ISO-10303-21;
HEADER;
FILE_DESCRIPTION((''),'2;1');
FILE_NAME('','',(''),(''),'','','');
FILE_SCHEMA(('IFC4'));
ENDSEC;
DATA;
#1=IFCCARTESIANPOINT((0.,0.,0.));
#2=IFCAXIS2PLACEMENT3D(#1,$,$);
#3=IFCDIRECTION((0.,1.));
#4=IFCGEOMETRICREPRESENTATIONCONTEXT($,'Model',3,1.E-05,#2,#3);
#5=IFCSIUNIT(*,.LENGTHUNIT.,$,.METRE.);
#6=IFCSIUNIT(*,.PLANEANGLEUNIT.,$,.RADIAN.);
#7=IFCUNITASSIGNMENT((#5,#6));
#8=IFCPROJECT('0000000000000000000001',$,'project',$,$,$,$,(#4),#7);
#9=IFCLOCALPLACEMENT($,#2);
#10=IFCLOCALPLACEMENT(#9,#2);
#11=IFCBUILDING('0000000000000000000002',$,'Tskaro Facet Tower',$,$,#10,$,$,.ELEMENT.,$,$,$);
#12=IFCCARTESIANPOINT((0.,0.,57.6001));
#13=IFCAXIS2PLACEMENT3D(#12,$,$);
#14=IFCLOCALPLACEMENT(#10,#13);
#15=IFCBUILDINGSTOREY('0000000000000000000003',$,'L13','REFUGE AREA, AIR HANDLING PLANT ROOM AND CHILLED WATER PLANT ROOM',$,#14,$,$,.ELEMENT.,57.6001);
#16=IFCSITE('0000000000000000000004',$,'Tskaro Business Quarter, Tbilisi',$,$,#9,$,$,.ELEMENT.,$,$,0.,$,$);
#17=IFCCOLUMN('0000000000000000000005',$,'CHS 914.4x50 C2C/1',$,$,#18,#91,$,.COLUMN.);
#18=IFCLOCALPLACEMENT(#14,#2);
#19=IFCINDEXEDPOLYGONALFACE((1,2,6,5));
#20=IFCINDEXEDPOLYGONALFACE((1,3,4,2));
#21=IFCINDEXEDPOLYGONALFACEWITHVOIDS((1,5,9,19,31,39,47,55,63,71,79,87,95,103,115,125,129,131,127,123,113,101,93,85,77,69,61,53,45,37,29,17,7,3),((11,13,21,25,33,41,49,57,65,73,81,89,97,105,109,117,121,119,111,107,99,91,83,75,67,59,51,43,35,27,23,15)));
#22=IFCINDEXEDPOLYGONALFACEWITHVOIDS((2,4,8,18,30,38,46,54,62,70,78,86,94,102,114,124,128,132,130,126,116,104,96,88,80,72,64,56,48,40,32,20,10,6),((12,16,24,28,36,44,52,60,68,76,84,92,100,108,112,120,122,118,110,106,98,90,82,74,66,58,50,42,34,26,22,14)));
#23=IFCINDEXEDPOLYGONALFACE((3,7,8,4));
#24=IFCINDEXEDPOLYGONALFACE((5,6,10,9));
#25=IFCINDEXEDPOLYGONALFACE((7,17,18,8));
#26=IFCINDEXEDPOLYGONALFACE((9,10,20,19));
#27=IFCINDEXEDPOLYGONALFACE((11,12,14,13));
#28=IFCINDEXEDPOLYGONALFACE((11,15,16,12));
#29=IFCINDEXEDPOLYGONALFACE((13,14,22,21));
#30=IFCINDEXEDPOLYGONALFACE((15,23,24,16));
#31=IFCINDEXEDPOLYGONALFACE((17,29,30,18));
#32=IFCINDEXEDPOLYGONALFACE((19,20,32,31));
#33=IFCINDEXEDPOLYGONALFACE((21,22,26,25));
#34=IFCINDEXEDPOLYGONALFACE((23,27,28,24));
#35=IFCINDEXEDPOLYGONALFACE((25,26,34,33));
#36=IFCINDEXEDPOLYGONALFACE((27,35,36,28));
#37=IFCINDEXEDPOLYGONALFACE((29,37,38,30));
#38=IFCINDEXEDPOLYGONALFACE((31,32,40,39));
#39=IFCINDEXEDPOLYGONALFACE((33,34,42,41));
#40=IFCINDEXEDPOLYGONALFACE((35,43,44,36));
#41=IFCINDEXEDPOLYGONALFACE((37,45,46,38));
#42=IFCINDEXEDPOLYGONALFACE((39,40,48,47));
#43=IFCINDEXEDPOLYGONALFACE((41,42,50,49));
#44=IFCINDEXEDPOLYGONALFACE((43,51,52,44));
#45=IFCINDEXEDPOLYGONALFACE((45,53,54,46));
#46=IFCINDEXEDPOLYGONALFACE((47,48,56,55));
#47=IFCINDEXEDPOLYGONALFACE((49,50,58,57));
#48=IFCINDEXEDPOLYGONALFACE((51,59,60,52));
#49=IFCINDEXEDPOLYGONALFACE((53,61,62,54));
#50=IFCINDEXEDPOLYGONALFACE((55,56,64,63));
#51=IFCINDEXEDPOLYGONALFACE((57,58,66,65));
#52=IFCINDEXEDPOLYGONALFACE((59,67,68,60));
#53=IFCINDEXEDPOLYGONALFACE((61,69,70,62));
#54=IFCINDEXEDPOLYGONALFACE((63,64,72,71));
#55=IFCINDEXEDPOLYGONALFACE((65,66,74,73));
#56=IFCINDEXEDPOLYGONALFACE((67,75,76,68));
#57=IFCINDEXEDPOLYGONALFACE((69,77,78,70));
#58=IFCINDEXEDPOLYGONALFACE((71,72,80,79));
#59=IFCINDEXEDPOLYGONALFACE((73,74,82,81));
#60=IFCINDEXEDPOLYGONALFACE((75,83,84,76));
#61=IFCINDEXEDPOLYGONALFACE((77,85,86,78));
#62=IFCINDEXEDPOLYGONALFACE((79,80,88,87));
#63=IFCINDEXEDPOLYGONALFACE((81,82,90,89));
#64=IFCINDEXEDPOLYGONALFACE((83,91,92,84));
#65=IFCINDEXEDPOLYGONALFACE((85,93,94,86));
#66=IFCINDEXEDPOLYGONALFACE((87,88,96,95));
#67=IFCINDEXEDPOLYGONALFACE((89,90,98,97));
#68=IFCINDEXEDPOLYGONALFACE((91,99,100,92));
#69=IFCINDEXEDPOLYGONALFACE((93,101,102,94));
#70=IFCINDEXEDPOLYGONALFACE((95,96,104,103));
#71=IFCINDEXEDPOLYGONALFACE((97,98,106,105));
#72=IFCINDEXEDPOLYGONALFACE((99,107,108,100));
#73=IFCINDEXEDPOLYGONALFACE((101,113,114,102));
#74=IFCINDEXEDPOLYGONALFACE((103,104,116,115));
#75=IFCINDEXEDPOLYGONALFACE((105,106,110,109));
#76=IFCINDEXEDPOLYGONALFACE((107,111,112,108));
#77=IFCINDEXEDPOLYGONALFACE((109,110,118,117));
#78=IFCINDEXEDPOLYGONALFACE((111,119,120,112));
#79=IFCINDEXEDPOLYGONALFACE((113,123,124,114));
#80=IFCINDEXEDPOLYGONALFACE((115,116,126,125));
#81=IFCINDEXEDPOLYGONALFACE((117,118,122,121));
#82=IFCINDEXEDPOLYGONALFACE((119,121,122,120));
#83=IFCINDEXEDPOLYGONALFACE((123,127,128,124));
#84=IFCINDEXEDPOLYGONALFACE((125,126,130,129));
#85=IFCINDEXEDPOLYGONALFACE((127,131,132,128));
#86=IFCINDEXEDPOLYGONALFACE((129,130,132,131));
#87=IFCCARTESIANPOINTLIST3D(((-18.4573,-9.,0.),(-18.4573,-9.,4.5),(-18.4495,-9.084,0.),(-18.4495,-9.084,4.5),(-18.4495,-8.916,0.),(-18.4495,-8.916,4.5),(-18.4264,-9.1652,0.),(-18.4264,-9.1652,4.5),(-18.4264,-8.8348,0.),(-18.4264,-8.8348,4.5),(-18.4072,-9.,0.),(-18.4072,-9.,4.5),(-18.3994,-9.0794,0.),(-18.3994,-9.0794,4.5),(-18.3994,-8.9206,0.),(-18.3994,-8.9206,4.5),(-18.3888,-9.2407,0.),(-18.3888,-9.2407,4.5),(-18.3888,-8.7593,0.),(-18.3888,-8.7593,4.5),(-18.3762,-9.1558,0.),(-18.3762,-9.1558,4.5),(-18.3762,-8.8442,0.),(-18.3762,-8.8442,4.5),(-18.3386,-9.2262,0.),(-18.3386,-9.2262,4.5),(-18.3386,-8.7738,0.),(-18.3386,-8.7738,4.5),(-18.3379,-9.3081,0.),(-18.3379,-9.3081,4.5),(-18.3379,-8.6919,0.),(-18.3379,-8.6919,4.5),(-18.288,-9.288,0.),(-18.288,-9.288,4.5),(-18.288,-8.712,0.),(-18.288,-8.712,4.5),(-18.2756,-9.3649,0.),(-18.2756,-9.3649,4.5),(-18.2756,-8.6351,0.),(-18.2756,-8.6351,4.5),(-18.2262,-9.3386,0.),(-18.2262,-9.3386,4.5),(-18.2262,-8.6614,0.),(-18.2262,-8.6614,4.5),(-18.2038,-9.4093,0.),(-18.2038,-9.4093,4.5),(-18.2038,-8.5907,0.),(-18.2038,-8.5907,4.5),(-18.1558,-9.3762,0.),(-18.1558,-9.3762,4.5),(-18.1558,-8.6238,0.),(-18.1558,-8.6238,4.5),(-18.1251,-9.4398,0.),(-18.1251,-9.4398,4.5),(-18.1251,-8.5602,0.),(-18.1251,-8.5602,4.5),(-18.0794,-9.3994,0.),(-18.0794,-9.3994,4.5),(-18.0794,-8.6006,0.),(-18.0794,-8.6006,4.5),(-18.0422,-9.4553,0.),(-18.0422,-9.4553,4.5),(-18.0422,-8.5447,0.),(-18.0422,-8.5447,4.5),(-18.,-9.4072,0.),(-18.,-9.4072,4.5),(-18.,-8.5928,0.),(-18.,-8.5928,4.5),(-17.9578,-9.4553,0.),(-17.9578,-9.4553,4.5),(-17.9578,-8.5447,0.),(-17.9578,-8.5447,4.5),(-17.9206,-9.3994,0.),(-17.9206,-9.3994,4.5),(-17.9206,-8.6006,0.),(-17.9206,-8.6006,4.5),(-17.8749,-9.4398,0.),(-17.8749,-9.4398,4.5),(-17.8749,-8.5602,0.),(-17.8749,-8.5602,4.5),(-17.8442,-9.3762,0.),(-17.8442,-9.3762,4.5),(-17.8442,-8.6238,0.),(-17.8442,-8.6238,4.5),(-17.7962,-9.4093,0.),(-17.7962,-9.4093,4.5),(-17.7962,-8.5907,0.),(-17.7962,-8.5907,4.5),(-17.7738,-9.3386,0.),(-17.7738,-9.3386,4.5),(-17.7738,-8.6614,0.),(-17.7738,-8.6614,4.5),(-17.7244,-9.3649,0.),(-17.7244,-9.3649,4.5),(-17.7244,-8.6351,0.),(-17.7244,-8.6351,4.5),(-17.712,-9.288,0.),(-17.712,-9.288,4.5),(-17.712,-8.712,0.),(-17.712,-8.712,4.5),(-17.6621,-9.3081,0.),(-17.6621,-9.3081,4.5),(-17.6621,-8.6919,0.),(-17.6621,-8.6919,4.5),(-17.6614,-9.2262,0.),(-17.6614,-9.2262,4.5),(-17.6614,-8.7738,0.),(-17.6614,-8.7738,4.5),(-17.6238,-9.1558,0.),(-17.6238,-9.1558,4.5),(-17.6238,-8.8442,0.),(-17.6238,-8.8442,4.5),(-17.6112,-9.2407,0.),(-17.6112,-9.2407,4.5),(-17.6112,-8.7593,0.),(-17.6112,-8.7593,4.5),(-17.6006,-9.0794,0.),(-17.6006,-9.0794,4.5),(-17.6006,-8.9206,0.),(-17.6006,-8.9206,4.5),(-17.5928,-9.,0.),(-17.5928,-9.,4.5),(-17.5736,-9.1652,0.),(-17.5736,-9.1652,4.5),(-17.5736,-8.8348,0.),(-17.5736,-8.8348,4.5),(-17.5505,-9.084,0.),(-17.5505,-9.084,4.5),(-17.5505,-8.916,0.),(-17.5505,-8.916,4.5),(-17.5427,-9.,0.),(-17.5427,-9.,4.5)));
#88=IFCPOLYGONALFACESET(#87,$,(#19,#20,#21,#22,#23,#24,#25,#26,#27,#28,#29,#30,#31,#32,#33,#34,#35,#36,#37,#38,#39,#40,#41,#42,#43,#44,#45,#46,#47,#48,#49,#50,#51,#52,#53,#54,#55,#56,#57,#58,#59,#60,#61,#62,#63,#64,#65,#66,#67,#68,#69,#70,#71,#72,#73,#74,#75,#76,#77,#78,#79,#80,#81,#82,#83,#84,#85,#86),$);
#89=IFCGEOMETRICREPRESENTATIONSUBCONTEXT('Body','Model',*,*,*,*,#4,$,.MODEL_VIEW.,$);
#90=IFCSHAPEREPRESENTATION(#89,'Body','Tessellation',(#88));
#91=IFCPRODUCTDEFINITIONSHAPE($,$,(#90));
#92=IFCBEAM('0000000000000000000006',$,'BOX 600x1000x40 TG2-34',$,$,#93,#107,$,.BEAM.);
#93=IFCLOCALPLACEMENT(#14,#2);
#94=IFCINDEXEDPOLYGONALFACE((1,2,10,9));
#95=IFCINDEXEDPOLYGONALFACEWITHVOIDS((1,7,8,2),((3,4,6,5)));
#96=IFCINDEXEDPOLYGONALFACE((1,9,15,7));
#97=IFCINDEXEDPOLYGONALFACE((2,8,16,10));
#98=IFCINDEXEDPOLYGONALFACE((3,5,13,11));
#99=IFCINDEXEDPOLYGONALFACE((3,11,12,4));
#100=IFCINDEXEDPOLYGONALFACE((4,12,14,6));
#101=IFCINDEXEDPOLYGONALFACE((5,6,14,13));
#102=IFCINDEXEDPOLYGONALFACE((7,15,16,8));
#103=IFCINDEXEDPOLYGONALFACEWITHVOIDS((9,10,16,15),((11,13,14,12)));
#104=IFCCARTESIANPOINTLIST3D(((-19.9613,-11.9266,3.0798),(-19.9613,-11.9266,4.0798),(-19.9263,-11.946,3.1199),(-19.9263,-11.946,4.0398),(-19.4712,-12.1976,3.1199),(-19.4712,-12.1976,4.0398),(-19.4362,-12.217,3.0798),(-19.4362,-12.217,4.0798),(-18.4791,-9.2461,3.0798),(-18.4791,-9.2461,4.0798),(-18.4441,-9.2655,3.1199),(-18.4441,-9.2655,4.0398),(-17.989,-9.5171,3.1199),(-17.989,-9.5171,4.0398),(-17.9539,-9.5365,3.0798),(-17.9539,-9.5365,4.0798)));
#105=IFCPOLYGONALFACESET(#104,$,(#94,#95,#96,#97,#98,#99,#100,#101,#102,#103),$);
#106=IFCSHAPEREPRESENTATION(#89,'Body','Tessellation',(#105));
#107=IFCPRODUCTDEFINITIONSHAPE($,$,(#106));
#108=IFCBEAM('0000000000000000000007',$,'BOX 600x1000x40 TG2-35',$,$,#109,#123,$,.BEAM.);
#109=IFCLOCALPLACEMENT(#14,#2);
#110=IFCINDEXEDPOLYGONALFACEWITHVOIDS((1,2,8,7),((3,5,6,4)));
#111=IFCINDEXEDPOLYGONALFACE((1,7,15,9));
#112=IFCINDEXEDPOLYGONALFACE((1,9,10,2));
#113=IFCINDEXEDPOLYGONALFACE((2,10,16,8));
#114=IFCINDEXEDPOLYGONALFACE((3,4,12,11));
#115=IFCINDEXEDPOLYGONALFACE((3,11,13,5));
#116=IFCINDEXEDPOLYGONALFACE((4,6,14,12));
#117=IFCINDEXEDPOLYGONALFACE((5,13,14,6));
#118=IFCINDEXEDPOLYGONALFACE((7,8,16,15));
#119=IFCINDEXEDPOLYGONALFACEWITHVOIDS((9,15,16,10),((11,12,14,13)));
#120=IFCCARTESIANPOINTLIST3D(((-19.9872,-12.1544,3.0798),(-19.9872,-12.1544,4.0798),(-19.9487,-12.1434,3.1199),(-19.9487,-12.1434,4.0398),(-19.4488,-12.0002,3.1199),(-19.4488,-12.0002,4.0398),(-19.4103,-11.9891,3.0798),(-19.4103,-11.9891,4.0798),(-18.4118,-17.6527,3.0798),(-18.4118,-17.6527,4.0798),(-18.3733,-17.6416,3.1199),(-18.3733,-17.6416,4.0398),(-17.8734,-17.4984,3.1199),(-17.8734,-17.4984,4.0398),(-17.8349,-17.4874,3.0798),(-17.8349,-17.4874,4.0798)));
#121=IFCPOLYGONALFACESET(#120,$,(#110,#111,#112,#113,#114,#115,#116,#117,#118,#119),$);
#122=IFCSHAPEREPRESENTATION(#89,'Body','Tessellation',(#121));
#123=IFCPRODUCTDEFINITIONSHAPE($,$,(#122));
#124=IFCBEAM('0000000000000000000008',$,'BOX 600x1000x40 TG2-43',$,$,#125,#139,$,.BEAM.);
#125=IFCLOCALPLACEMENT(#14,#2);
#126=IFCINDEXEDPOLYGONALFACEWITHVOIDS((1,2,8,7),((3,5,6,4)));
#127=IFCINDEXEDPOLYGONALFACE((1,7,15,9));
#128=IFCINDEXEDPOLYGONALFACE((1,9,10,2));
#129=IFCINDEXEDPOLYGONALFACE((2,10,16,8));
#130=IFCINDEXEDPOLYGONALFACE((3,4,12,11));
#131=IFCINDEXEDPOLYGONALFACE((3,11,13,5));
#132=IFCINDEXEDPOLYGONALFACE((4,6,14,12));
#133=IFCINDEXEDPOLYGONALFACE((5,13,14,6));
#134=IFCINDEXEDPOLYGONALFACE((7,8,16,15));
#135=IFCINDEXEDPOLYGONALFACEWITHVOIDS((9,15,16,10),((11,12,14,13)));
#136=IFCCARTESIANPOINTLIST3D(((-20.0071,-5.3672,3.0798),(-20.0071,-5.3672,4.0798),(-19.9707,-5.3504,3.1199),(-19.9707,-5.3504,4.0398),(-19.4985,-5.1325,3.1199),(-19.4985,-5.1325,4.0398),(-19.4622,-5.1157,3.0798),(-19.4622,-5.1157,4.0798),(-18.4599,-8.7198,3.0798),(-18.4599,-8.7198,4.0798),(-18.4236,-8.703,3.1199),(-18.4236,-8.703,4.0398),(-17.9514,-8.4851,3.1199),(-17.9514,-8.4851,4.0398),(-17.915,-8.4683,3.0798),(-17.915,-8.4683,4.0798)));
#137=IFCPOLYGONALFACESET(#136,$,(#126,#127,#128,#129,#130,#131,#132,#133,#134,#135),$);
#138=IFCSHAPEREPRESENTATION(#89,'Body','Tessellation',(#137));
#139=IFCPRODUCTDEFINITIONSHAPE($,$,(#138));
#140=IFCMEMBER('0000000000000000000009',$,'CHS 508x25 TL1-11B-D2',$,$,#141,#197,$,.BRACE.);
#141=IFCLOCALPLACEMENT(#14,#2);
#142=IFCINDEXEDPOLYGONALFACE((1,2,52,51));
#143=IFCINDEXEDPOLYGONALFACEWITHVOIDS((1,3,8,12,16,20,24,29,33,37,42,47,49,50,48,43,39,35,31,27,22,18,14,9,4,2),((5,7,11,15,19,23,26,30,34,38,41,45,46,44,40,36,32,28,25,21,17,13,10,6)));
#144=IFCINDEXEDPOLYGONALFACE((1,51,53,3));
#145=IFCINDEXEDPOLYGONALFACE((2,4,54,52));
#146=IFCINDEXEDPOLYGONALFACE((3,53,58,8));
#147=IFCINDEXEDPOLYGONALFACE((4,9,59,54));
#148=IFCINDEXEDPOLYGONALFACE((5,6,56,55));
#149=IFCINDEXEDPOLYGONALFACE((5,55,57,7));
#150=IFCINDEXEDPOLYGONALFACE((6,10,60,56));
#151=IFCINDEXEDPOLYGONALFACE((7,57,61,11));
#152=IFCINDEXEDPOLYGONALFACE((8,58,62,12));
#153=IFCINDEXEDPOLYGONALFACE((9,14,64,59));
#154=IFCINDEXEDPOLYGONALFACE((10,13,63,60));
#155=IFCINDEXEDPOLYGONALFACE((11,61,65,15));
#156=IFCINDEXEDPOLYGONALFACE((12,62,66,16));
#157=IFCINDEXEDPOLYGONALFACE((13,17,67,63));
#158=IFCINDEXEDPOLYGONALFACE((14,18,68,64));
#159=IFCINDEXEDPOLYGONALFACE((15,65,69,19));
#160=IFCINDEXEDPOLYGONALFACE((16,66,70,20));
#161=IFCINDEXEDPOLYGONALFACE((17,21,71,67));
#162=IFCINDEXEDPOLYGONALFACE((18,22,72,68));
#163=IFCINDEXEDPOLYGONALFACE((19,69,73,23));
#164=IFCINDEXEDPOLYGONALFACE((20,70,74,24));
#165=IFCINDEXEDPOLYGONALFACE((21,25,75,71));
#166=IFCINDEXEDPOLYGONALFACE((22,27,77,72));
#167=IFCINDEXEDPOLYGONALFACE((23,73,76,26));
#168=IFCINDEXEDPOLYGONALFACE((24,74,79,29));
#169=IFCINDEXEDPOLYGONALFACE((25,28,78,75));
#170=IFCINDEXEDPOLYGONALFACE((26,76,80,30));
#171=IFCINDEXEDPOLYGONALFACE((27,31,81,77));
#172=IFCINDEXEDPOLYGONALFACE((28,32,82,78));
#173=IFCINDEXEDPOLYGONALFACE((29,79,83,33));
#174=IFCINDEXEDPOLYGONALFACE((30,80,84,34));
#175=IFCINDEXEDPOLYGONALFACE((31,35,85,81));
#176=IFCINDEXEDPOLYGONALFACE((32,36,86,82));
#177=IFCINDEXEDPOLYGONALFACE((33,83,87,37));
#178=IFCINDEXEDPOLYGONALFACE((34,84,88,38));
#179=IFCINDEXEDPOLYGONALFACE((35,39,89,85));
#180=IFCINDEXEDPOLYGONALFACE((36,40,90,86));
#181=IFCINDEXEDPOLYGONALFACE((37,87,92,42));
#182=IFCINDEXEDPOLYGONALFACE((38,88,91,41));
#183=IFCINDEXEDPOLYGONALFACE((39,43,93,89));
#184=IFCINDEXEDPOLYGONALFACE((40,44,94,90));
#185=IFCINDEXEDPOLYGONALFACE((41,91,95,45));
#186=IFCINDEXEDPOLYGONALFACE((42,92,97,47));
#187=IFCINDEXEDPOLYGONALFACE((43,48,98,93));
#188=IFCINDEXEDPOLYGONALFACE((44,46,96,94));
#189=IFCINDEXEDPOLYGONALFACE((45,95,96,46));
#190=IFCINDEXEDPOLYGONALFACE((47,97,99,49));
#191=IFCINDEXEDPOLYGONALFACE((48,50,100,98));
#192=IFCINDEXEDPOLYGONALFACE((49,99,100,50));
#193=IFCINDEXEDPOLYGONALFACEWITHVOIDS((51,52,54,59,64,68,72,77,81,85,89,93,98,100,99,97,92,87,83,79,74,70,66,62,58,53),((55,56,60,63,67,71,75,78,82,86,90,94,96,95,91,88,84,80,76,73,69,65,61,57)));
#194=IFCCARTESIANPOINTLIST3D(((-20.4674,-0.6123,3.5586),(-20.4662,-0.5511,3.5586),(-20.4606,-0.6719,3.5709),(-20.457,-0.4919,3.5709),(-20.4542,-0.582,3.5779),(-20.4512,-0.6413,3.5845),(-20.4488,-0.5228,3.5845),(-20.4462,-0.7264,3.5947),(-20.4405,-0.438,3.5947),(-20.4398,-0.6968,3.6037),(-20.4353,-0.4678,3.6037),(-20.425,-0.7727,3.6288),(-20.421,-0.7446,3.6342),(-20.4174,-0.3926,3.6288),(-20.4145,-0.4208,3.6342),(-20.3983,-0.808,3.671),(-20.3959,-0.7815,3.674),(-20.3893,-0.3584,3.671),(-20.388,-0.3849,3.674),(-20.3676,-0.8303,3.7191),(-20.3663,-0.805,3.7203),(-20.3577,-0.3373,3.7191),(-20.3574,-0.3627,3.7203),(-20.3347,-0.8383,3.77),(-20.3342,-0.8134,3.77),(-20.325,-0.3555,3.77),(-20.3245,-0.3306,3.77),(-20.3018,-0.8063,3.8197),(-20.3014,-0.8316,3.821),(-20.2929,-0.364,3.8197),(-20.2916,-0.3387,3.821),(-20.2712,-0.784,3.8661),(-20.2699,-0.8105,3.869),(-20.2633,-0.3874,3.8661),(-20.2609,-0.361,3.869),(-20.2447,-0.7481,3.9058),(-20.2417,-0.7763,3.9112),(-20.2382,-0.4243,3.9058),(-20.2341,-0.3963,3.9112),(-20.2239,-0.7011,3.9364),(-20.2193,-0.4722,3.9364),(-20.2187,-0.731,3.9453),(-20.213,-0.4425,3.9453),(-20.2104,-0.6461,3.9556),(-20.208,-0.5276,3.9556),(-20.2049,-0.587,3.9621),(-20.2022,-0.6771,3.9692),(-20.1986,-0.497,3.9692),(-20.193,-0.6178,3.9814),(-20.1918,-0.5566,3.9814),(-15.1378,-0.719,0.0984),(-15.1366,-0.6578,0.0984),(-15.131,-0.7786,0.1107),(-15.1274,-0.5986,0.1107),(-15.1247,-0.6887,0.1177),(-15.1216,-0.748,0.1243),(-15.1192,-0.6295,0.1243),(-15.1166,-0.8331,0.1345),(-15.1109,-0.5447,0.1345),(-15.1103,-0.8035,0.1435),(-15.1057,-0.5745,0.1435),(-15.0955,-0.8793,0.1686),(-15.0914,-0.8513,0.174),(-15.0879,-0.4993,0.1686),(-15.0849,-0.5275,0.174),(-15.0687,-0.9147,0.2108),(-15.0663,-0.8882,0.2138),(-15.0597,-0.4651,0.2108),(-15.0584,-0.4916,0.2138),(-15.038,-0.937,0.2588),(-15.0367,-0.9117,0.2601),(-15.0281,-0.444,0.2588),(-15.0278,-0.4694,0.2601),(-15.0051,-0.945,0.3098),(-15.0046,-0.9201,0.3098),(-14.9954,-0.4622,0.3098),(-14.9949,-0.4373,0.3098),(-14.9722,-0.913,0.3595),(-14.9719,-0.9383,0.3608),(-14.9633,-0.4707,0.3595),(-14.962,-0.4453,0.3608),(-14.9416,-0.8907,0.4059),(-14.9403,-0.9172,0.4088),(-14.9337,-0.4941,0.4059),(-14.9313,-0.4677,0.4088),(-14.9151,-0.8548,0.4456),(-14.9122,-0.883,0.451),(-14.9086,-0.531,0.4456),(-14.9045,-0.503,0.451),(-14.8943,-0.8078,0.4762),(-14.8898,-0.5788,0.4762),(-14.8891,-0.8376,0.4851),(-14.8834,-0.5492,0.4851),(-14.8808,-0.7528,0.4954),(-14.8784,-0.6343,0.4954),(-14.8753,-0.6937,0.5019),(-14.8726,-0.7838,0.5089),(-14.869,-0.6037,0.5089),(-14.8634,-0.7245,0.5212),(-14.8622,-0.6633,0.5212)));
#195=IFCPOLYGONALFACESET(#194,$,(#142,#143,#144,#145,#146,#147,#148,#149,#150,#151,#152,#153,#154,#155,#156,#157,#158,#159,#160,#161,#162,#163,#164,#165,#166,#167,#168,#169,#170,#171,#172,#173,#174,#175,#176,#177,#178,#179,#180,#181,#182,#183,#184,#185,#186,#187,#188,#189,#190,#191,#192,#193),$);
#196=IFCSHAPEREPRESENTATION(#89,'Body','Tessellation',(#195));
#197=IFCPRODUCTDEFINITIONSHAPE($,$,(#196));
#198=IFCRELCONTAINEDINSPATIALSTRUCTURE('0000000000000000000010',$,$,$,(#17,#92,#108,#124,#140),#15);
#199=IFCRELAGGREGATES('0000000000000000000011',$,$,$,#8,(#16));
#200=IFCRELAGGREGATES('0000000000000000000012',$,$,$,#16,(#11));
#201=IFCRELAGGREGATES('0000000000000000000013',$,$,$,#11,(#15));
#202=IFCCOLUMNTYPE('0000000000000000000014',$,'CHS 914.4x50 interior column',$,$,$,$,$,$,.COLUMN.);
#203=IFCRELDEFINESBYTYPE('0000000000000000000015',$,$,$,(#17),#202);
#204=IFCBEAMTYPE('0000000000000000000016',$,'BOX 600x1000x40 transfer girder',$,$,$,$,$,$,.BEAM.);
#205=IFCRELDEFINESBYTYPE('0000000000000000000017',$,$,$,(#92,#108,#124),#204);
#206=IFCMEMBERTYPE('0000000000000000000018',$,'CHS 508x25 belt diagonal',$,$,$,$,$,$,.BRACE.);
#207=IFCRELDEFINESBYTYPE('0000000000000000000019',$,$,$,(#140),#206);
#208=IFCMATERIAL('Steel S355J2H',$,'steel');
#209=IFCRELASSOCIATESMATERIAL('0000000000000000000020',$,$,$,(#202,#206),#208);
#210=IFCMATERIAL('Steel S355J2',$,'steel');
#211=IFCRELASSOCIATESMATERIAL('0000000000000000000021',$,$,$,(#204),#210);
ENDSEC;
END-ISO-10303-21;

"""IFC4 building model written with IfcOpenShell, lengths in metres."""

from ifc_helpers import new_model, si_unit, direction, frame, origin, origin_2d, place, context, subcontext, project, spatial, hollow_rectangle, hollow_circle, extrude, material, material_profile, profile_set, type_object, element, save


model = new_model("IFC4")

# Units and contexts
model_context = context("Model", 3, precision=1e-05, world=origin(), true_north=direction((0.0, 1.0)))
body_context = subcontext(model_context, "Body", "Model", "MODEL_VIEW")
ifc_project = project(units=[si_unit("LENGTHUNIT", "METRE"), si_unit("PLANEANGLEUNIT", "RADIAN")], contexts=[model_context])

# Site, building, storey
site_placement = place(None, origin())
site = spatial("IfcSite", under=ifc_project, at=site_placement, Name="Tskaro Business Quarter, Tbilisi", CompositionType="ELEMENT", RefElevation=0.0)
building_placement = place(site_placement, origin())
building = spatial("IfcBuilding", under=site, at=building_placement, Name="Tskaro Facet Tower", CompositionType="ELEMENT")
storey_placement = place(building_placement, frame((0.0, 0.0, 57.6001)))
storey = spatial("IfcBuildingStorey", under=building, at=storey_placement, Name="L13", Description="REFUGE AREA, AIR HANDLING PLANT ROOM AND CHILLED WATER PLANT ROOM", CompositionType="ELEMENT", Elevation=57.6001)

# Column
ifc_material_1 = material(Name="Steel S355J2H", Category="steel")
ifc_material_profile_1 = material_profile(ifc_material_1, hollow_circle(Radius=0.4573, WallThickness=0.05, at=origin_2d()), Name="CHS 914.4x50")
ifc_profile_set_1 = profile_set([ifc_material_profile_1], Name="Steel S355J2H")
column_type = type_object("IfcColumnType", Name="CHS 914.4x50 interior column", PredefinedType="COLUMN", material=ifc_profile_set_1)
column_placement = place(storey_placement, frame((-18.0, -9.0, 0.0), z_axis=(0.0, 0.0, 1.0), x_axis=(1.0, 0.0, 0.0)))
element("IfcColumn", 1, at=column_placement, inside=storey, type_object=column_type, Name="CHS 914.4x50 C2C/1", PredefinedType="COLUMN", context=body_context, shape_type="SweptSolid", body=[
    extrude(hollow_circle(Radius=0.4573, WallThickness=0.05, at=origin_2d()), origin(), (0.0, 0.0, 1.0), 4.5),
])

# Beams
ifc_material_2 = material(Name="Steel S355J2", Category="steel")
ifc_material_profile_2 = material_profile(ifc_material_2, hollow_rectangle(XDim=0.6001, YDim=1.0, WallThickness=0.04, at=origin_2d()), Name="BOX 600x1000x40")
ifc_profile_set_2 = profile_set([ifc_material_profile_2], Name="Steel S355J2")
beam_type_1 = type_object("IfcBeamType", Name="BOX 600x1000x40 transfer girder", PredefinedType="BEAM", material=ifc_profile_set_2)
beam_1_placement = place(storey_placement, frame((-19.6987, -12.0718, 3.5798), z_axis=(0.483909, 0.875118, 0.0), x_axis=(-0.875118, 0.483909, 0.0)))
element("IfcBeam", 2, at=beam_1_placement, inside=storey, type_object=beam_type_1, Name="BOX 600x1000x40 TG2-34", PredefinedType="BEAM", context=body_context, shape_type="SweptSolid", body=[
    extrude(hollow_rectangle(XDim=0.6001, YDim=1.0, WallThickness=0.04, at=origin_2d()), origin(), (0.0, 0.0, 1.0), 3.063),
])
beam_2_placement = place(storey_placement, frame((-19.6987, -12.0718, 3.5798), z_axis=(0.275448, -0.961316, 0.0), x_axis=(0.961316, 0.275448, 0.0)))
element("IfcBeam", 3, at=beam_2_placement, inside=storey, type_object=beam_type_1, Name="BOX 600x1000x40 TG2-35", PredefinedType="BEAM", context=body_context, shape_type="SweptSolid", body=[
    extrude(hollow_rectangle(XDim=0.6001, YDim=1.0, WallThickness=0.04, at=origin_2d()), origin(), (0.0, 0.0, 1.0), 5.7195),
])
beam_3_placement = place(storey_placement, frame((-19.7346, -5.2415, 3.5798), z_axis=(0.419012, -0.907981, 0.0), x_axis=(0.907981, 0.419012, 0.0)))
element("IfcBeam", 4, at=beam_3_placement, inside=storey, type_object=beam_type_1, Name="BOX 600x1000x40 TG2-43", PredefinedType="BEAM", context=body_context, shape_type="SweptSolid", body=[
    extrude(hollow_rectangle(XDim=0.6001, YDim=1.0, WallThickness=0.04, at=origin_2d()), origin(), (0.0, 0.0, 1.0), 3.6924),
])

# Member
ifc_material_profile_3 = material_profile(ifc_material_1, hollow_circle(Radius=0.2539, WallThickness=0.0249, at=origin_2d()), Name="CHS 508x25")
ifc_profile_set_3 = profile_set([ifc_material_profile_3], Name="Steel S355J2H")
member_type_1 = type_object("IfcMemberType", Name="CHS 508x25 belt diagonal", PredefinedType="BRACE", material=ifc_profile_set_3)
member_1_placement = place(storey_placement, frame((-20.3296, -0.5845, 3.77), z_axis=(0.838615, -0.016788, -0.544466), x_axis=(0.020014, 0.9998, 0.0)))
element("IfcMember", 5, at=member_1_placement, inside=storey, type_object=member_type_1, Name="CHS 508x25 TL1-11B-D2", PredefinedType="BRACE", context=body_context, shape_type="SweptSolid", body=[
    extrude(hollow_circle(Radius=0.2539, WallThickness=0.0249, at=origin_2d()), origin(), (0.0, 0.0, 1.0), 6.3552),
])

save(model, "model.ifc")
